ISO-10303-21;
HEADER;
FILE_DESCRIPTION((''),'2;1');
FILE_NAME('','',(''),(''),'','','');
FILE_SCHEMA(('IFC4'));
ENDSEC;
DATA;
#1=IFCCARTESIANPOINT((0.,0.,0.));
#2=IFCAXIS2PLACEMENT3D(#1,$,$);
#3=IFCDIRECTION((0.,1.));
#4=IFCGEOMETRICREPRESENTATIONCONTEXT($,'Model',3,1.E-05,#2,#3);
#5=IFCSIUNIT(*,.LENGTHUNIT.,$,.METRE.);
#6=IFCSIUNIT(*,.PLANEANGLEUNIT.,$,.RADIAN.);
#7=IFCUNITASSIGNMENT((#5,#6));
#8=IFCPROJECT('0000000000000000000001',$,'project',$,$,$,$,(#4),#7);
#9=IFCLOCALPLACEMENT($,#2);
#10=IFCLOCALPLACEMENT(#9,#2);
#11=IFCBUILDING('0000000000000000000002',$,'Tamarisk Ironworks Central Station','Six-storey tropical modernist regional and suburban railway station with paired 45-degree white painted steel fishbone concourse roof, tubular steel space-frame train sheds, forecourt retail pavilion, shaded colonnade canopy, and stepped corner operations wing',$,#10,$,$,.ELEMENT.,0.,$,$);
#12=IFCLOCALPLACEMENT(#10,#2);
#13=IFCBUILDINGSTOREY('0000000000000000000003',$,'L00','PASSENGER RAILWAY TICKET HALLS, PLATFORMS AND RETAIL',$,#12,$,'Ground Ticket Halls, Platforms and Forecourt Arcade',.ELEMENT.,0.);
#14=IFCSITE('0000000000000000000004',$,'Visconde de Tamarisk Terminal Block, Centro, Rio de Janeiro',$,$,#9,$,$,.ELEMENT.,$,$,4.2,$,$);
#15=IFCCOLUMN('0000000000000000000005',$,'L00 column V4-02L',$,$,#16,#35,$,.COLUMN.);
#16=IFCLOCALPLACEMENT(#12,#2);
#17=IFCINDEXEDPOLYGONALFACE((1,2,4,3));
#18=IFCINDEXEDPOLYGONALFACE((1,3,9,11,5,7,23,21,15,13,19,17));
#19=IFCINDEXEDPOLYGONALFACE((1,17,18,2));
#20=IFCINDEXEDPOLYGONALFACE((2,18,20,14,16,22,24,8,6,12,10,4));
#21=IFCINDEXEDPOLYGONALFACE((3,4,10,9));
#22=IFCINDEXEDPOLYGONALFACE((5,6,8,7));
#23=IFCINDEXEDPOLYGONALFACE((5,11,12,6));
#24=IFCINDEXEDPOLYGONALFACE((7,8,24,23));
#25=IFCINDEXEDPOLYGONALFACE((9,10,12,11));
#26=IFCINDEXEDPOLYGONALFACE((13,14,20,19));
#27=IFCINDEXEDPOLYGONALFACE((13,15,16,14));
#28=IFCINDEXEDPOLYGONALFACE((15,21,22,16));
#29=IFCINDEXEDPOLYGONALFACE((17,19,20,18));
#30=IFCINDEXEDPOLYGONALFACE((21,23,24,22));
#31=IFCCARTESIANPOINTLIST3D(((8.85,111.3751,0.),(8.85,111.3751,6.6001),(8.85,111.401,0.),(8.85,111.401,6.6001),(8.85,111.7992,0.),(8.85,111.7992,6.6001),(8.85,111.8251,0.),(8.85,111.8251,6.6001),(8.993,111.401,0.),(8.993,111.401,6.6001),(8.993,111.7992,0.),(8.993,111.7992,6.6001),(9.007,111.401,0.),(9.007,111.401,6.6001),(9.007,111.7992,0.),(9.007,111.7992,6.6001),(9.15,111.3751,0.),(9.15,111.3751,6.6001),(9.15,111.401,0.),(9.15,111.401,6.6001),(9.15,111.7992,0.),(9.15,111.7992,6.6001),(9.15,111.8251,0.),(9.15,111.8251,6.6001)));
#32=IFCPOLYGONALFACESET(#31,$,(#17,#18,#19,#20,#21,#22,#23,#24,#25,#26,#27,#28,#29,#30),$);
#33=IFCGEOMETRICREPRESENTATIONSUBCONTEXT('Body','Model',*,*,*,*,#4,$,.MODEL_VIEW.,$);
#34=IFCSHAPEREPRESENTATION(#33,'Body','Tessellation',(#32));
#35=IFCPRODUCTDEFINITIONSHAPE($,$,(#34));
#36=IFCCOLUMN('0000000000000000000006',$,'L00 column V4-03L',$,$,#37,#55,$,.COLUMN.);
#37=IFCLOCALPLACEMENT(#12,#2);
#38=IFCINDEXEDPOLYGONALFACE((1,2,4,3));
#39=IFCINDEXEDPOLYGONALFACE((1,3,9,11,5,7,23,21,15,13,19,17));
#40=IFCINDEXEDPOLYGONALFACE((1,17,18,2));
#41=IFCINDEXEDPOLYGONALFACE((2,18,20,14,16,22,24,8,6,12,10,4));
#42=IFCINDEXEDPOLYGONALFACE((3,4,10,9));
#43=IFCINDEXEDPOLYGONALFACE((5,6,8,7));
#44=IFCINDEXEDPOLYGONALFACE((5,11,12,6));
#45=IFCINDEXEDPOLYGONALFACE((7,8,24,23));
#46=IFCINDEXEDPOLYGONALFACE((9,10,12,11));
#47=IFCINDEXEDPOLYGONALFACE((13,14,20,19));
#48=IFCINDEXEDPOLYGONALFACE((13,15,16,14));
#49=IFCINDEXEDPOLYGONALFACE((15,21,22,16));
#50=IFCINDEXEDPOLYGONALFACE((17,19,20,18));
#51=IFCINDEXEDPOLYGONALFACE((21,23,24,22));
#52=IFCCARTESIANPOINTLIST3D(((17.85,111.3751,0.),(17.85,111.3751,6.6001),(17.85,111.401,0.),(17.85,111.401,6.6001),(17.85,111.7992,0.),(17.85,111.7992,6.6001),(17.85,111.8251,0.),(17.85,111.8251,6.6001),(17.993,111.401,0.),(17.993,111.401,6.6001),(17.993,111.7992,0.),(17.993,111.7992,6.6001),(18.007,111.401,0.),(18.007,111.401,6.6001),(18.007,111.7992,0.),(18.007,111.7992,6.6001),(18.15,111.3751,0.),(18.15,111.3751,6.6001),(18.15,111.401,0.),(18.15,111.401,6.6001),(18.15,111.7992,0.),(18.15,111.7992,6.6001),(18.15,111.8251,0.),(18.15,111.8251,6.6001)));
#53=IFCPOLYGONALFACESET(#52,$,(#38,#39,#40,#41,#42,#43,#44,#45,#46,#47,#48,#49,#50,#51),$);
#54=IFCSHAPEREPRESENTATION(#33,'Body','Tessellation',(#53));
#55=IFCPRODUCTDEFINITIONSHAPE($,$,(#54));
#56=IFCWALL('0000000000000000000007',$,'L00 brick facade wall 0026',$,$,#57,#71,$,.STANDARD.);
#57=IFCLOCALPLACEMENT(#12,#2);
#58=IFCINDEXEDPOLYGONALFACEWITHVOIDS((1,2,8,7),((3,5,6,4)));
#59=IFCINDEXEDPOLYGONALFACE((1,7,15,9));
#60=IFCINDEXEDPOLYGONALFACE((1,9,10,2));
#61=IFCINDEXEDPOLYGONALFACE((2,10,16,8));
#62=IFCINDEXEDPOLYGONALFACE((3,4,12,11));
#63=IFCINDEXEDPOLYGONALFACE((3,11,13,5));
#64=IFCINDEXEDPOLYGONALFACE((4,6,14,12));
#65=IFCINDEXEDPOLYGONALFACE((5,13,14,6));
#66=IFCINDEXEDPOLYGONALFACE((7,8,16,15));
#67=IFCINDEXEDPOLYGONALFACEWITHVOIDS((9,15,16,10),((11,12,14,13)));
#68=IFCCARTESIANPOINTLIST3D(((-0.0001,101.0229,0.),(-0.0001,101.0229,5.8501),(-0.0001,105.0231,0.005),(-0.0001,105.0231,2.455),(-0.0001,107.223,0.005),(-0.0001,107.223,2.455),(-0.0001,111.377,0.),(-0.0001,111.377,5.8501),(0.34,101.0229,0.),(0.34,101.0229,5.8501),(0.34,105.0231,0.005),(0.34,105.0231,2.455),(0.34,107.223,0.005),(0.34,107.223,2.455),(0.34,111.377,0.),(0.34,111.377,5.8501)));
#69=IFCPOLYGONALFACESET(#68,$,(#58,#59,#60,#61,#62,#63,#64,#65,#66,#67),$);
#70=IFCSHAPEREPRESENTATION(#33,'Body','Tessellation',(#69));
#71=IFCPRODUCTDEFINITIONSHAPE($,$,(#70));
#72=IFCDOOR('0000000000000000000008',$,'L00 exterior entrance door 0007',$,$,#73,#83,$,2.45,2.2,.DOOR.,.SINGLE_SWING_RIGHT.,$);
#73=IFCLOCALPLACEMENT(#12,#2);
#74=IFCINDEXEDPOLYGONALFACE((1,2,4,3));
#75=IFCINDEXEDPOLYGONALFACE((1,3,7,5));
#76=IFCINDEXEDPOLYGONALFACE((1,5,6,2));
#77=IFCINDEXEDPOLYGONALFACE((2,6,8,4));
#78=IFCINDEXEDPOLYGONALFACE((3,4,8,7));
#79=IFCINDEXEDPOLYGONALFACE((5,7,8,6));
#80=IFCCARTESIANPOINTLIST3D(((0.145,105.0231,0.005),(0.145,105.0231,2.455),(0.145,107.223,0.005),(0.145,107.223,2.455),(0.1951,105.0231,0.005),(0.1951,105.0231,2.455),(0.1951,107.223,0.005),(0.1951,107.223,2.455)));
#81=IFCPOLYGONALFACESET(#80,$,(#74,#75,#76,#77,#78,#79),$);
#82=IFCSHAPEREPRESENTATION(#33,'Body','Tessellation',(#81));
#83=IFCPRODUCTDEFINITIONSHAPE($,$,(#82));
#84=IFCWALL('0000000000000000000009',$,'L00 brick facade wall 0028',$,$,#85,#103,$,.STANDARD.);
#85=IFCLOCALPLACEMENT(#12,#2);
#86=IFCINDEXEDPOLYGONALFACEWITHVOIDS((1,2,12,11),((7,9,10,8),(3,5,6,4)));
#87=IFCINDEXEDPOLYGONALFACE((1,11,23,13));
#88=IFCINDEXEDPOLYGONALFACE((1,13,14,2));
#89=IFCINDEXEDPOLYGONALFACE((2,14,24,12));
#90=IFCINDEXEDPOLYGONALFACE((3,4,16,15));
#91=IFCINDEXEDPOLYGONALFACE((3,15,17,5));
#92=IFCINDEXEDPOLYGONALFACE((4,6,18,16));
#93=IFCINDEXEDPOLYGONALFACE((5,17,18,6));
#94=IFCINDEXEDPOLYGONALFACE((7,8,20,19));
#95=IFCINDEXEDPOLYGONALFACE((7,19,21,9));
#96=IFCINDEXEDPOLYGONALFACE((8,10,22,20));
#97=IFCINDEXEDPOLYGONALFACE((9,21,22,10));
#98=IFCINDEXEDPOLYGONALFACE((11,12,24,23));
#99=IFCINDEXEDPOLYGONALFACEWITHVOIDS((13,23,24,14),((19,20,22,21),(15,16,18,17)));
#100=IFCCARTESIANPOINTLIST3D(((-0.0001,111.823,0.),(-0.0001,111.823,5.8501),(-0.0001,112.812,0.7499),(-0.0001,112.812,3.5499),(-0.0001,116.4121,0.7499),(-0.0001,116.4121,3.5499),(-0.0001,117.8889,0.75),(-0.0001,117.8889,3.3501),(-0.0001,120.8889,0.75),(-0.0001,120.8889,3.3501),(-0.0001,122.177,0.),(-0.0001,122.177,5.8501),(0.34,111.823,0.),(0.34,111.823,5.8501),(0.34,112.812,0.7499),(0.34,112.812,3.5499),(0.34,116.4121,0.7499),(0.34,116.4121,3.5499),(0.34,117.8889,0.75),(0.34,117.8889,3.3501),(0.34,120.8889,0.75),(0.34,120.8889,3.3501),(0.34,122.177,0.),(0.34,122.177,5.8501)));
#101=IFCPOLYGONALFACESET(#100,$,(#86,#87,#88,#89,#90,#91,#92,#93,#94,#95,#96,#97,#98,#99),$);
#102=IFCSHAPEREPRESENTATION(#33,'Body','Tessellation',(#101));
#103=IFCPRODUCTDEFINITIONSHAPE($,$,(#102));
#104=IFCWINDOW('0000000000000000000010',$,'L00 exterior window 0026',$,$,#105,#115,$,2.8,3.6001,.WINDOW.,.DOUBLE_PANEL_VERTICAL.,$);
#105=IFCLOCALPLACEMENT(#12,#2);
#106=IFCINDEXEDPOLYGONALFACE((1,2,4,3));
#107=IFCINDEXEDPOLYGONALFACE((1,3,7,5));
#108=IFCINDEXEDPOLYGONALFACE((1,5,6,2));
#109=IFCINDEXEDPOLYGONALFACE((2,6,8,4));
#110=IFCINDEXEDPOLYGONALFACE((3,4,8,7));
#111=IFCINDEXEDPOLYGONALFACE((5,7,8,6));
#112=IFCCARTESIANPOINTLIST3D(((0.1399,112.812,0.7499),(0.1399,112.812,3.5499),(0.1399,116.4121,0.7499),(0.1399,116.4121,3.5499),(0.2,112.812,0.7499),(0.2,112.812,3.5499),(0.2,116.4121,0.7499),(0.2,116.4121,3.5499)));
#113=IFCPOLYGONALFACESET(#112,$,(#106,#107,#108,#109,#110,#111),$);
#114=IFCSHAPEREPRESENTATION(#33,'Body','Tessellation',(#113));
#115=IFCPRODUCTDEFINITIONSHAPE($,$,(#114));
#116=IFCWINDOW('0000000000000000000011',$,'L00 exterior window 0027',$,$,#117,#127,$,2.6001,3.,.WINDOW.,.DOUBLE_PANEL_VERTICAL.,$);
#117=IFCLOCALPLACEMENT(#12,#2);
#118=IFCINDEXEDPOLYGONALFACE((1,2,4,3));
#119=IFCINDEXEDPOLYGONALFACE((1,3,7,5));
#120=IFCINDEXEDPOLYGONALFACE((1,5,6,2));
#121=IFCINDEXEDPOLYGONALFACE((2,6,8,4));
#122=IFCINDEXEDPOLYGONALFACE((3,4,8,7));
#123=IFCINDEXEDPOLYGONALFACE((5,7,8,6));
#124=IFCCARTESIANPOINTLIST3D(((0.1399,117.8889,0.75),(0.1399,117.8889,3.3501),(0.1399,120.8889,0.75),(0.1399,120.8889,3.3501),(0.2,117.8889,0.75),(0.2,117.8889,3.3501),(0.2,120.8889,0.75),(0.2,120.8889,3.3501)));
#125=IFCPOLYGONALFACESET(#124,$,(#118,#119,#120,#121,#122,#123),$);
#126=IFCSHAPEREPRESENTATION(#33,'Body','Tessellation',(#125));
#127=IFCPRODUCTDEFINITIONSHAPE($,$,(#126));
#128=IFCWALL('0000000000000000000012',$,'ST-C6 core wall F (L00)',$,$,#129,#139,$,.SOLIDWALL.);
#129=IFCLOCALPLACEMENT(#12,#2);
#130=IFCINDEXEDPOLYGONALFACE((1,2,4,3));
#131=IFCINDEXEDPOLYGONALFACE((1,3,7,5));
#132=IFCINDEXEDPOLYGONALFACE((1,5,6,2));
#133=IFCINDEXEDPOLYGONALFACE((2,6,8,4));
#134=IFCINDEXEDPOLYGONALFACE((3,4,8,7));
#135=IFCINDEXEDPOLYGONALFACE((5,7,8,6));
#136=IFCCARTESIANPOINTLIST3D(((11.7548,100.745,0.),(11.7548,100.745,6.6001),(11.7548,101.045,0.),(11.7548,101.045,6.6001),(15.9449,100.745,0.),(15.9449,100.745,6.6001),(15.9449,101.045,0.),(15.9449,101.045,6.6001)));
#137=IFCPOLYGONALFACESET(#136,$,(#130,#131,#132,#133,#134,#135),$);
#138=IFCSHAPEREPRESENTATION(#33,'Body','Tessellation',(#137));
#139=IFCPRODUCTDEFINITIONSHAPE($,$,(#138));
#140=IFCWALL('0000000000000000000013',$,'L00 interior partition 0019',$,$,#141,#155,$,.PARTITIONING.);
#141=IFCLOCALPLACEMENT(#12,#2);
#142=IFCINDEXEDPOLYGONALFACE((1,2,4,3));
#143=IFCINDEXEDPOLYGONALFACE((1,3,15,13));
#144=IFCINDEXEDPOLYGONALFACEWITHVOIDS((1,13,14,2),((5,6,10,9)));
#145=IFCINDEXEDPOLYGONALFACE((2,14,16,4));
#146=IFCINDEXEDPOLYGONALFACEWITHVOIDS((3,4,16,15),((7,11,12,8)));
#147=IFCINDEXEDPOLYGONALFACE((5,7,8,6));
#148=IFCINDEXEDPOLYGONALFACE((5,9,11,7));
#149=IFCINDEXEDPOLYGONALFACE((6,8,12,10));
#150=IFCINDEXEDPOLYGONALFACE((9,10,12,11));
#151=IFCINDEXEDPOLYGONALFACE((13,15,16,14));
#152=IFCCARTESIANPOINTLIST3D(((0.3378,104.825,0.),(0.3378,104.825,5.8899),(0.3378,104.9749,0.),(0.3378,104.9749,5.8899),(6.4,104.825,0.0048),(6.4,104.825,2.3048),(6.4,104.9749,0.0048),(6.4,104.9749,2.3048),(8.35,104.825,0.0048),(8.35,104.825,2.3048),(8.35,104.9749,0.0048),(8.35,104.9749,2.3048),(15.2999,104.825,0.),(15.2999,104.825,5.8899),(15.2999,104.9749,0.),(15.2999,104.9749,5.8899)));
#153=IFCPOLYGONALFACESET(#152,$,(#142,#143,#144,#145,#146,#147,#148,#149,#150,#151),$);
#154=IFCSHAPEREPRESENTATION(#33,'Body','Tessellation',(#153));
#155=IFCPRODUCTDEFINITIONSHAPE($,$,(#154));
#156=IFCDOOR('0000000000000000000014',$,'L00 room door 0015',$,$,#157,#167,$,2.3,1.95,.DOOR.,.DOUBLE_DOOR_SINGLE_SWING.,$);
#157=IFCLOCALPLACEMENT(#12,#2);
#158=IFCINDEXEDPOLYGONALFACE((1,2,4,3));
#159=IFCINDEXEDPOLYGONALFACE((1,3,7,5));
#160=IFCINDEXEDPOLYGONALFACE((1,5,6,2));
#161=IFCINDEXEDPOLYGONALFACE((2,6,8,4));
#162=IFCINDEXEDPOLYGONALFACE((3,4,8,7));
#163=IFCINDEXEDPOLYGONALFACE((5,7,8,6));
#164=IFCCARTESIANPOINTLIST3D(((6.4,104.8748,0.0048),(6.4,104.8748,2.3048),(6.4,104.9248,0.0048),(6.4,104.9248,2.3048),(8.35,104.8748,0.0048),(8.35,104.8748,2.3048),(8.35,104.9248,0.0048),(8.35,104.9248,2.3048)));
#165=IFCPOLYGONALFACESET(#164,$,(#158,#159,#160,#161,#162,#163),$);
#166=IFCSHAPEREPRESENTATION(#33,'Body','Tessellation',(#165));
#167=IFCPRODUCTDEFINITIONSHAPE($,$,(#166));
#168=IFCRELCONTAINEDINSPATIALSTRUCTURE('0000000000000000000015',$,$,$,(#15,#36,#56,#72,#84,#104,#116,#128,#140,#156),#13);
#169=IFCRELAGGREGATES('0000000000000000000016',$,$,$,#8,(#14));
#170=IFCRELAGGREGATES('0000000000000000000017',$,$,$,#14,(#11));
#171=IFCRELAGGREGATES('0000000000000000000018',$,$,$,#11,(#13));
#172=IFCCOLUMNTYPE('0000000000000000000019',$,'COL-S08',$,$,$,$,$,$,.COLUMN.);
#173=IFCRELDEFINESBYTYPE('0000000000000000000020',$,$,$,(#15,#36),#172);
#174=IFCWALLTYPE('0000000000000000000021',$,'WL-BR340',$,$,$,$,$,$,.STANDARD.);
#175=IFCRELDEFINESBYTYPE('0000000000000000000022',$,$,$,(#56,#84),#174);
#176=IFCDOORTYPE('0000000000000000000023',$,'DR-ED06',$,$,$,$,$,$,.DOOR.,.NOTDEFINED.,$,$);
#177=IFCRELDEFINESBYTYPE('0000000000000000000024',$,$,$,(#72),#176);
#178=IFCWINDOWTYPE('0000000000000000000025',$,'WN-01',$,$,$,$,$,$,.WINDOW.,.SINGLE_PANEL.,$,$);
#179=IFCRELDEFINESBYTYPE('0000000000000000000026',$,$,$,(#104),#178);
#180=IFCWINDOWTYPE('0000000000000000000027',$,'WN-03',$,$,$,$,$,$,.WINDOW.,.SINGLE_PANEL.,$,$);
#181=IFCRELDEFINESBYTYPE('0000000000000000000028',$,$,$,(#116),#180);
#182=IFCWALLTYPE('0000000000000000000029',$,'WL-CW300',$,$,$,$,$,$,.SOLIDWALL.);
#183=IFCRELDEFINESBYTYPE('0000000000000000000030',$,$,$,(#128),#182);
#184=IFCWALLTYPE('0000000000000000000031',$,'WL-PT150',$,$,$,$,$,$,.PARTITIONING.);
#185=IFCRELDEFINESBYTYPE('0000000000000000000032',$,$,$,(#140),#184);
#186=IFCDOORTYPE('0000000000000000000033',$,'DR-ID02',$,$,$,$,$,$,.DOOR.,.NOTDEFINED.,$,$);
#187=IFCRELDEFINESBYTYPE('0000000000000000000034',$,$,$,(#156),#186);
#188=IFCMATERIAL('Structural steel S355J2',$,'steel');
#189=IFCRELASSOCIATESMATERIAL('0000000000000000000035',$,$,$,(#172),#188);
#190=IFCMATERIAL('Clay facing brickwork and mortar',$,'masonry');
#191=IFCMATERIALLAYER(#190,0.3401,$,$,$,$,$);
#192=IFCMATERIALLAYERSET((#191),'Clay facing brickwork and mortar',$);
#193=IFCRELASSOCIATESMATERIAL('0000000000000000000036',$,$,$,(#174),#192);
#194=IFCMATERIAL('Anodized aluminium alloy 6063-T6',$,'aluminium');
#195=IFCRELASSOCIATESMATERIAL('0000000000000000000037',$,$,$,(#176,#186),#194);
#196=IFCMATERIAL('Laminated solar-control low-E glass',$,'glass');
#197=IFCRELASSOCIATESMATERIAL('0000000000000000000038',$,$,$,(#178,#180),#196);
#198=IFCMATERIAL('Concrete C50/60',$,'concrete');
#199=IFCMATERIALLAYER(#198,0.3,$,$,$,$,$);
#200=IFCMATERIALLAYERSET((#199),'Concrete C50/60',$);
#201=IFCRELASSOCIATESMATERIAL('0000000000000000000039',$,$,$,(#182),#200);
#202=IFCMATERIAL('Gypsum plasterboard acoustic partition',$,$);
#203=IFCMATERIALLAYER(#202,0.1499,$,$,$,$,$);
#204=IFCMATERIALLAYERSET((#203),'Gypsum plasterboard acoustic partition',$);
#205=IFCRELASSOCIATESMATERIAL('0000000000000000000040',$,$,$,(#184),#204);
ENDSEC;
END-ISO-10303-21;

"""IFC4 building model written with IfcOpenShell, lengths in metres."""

from ifc_helpers import new_model, si_unit, direction, frame, frame_2d, origin, origin_2d, place, context, subcontext, project, spatial, rectangle, i_section, extrude, material, layer, layer_set, material_profile, profile_set, type_object, element, fill, save


model = new_model("IFC4")

# Units and contexts
model_context = context("Model", 3, precision=1e-05, world=origin(), true_north=direction((0.0, 1.0)))
body_context = subcontext(model_context, "Body", "Model", "MODEL_VIEW")
ifc_project = project(units=[si_unit("LENGTHUNIT", "METRE"), si_unit("PLANEANGLEUNIT", "RADIAN")], contexts=[model_context])

# Site, building, storey
site_placement = place(None, origin())
site = spatial("IfcSite", under=ifc_project, at=site_placement, Name="Visconde de Tamarisk Terminal Block, Centro, Rio de Janeiro", CompositionType="ELEMENT", RefElevation=4.2)
building_placement = place(site_placement, origin())
building = spatial("IfcBuilding", under=site, at=building_placement, Name="Tamarisk Ironworks Central Station", Description="Six-storey tropical modernist regional and suburban railway station with paired 45-degree white painted steel fishbone concourse roof, tubular steel space-frame train sheds, forecourt retail pavilion, shaded colonnade canopy, and stepped corner operations wing", CompositionType="ELEMENT", ElevationOfRefHeight=0.0)
storey_placement = place(building_placement, origin())
storey = spatial("IfcBuildingStorey", under=building, at=storey_placement, Name="L00", Description="PASSENGER RAILWAY TICKET HALLS, PLATFORMS AND RETAIL", LongName="Ground Ticket Halls, Platforms and Forecourt Arcade", CompositionType="ELEMENT", Elevation=0.0)

# Columns
ifc_material_1 = material(Name="Clay facing brickwork and mortar", Category="masonry")
ifc_material_2 = material(Name="Structural steel S355J2", Category="steel")
ifc_material_profile_1 = material_profile(ifc_material_2, i_section(OverallWidth=0.3, OverallDepth=0.45, WebThickness=0.0139, FlangeThickness=0.0259, at=origin_2d()), Name="HEB 450")
ifc_profile_set_1 = profile_set([ifc_material_profile_1], Name="Structural steel S355J2")
column_type_1 = type_object("IfcColumnType", Name="COL-S08", PredefinedType="COLUMN", material=ifc_profile_set_1)
for number, where, z_axis, x_axis, name in (
    (1, (9.0, 111.6001, 0.0), (0.0, 0.0, 1.0), (1.0, 0.0, 0.0), "L00 column V4-02L"),
    (2, (18.0, 111.6001, 0.0), (0.0, 0.0, 1.0), (1.0, 0.0, 0.0), "L00 column V4-03L"),
):
    element("IfcColumn", number, at=place(storey_placement, frame(where, z_axis=z_axis, x_axis=x_axis)), inside=storey, type_object=column_type_1, Name=name, PredefinedType="COLUMN", context=body_context, shape_type="SweptSolid", body=[
        extrude(i_section(OverallWidth=0.3, OverallDepth=0.45, WebThickness=0.0139, FlangeThickness=0.0259, at=origin_2d()), origin(), (0.0, 0.0, 1.0), 6.6001),
    ])

# Wall, opening, door
ifc_layer_1 = layer(ifc_material_1, 0.3401)
ifc_layer_set_1 = layer_set([ifc_layer_1], Name="Clay facing brickwork and mortar")
wall_type_1 = type_object("IfcWallType", Name="WL-BR340", PredefinedType="STANDARD", material=ifc_layer_set_1)
wall_1_placement = place(storey_placement, frame((0.1699, 101.0229, 0.0), z_axis=(0.0, 0.0, 1.0), x_axis=(0.0, 1.0, 0.0)))
wall_1 = element("IfcWall", 3, at=wall_1_placement, inside=storey, type_object=wall_type_1, Name="L00 brick facade wall 0026", PredefinedType="STANDARD", context=body_context, shape_type="SweptSolid", body=[
    extrude(rectangle(XDim=10.354, YDim=0.3401, at=frame_2d((5.177, 0.0))), origin(), (0.0, 0.0, 1.0), 5.8501),
])
opening_1_placement = place(wall_1_placement, frame((4.0, 0.0, 0.0049)))
opening_1 = element("IfcOpeningElement", 4, at=opening_1_placement, cuts=wall_1, PredefinedType="OPENING", context=body_context, shape_type="SweptSolid", body=[
    extrude(rectangle(XDim=2.2, YDim=2.45, at=frame_2d((1.1001, 1.2251))), frame((0.0, 0.1821, 0.0), z_axis=(0.0, -1.0, 0.0), x_axis=(1.0, 0.0, 0.0)), (0.0, 0.0, 1.0), 0.364),
])
ifc_material_3 = material(Name="Anodized aluminium alloy 6063-T6", Category="aluminium")
door_type_1 = type_object("IfcDoorType", Name="DR-ED06", OperationType="NOTDEFINED", PredefinedType="DOOR", material=ifc_material_3)
door_1_placement = place(opening_1_placement, origin())
door_1 = element("IfcDoor", 5, at=door_1_placement, inside=storey, type_object=door_type_1, Name="L00 exterior entrance door 0007", OperationType="SINGLE_SWING_RIGHT", OverallHeight=2.45, OverallWidth=2.2, PredefinedType="DOOR", context=body_context, shape_type="SweptSolid", body=[
    extrude(rectangle(XDim=2.2, YDim=2.45, at=frame_2d((1.1001, 1.2251))), frame((0.0, 0.0249, 0.0), z_axis=(0.0, -1.0, 0.0), x_axis=(1.0, 0.0, 0.0)), (0.0, 0.0, 1.0), 0.05),
])
fill(opening_1, door_1)

# Wall, openings, windows
wall_2_placement = place(storey_placement, frame((0.1699, 111.823, 0.0), z_axis=(0.0, 0.0, 1.0), x_axis=(0.0, 1.0, 0.0)))
wall_2 = element("IfcWall", 6, at=wall_2_placement, inside=storey, type_object=wall_type_1, Name="L00 brick facade wall 0028", PredefinedType="STANDARD", context=body_context, shape_type="SweptSolid", body=[
    extrude(rectangle(XDim=10.354, YDim=0.3401, at=frame_2d((5.177, 0.0))), origin(), (0.0, 0.0, 1.0), 5.8501),
])
opening_2_placement = place(wall_2_placement, frame((0.989, 0.0, 0.75)))
opening_2 = element("IfcOpeningElement", 7, at=opening_2_placement, cuts=wall_2, PredefinedType="OPENING", context=body_context, shape_type="SweptSolid", body=[
    extrude(rectangle(XDim=3.6001, YDim=2.8, at=frame_2d((1.8, 1.3999))), frame((0.0, 0.1821, 0.0), z_axis=(0.0, -1.0, 0.0), x_axis=(1.0, 0.0, 0.0)), (0.0, 0.0, 1.0), 0.364),
])
opening_3_placement = place(wall_2_placement, frame((6.0659, 0.0, 0.75)))
opening_3 = element("IfcOpeningElement", 8, at=opening_3_placement, cuts=wall_2, PredefinedType="OPENING", context=body_context, shape_type="SweptSolid", body=[
    extrude(rectangle(XDim=3.0, YDim=2.6001, at=frame_2d((1.5, 1.3))), frame((0.0, 0.1821, 0.0), z_axis=(0.0, -1.0, 0.0), x_axis=(1.0, 0.0, 0.0)), (0.0, 0.0, 1.0), 0.364),
])
ifc_material_4 = material(Name="Laminated solar-control low-E glass", Category="glass")
window_type_1 = type_object("IfcWindowType", Name="WN-01", PartitioningType="SINGLE_PANEL", PredefinedType="WINDOW", material=ifc_material_4)
window_1_placement = place(opening_2_placement, origin())
window_1 = element("IfcWindow", 9, at=window_1_placement, inside=storey, type_object=window_type_1, Name="L00 exterior window 0026", OverallHeight=2.8, OverallWidth=3.6001, PartitioningType="DOUBLE_PANEL_VERTICAL", PredefinedType="WINDOW", context=body_context, shape_type="SweptSolid", body=[
    extrude(rectangle(XDim=3.6001, YDim=2.8, at=frame_2d((1.8, 1.3999))), frame((0.0, 0.03, 0.0), z_axis=(0.0, -1.0, 0.0), x_axis=(1.0, 0.0, 0.0)), (0.0, 0.0, 1.0), 0.0601),
])
fill(opening_2, window_1)
window_type_2 = type_object("IfcWindowType", Name="WN-03", PartitioningType="SINGLE_PANEL", PredefinedType="WINDOW", material=ifc_material_4)
window_2_placement = place(opening_3_placement, origin())
window_2 = element("IfcWindow", 10, at=window_2_placement, inside=storey, type_object=window_type_2, Name="L00 exterior window 0027", OverallHeight=2.6001, OverallWidth=3.0, PartitioningType="DOUBLE_PANEL_VERTICAL", PredefinedType="WINDOW", context=body_context, shape_type="SweptSolid", body=[
    extrude(rectangle(XDim=3.0, YDim=2.6001, at=frame_2d((1.5, 1.3))), frame((0.0, 0.03, 0.0), z_axis=(0.0, -1.0, 0.0), x_axis=(1.0, 0.0, 0.0)), (0.0, 0.0, 1.0), 0.0601),
])
fill(opening_3, window_2)

# Wall
ifc_material_5 = material(Name="Concrete C50/60", Category="concrete")
ifc_layer_2 = layer(ifc_material_5, 0.3)
ifc_layer_set_2 = layer_set([ifc_layer_2], Name="Concrete C50/60")
wall_type_2 = type_object("IfcWallType", Name="WL-CW300", PredefinedType="SOLIDWALL", material=ifc_layer_set_2)
wall_3_placement = place(storey_placement, frame((15.9451, 100.895, 0.0), z_axis=(0.0, 0.0, 1.0), x_axis=(-1.0, 0.0, 0.0)))
element("IfcWall", 11, at=wall_3_placement, inside=storey, type_object=wall_type_2, Name="ST-C6 core wall F (L00)", PredefinedType="SOLIDWALL", context=body_context, shape_type="SweptSolid", body=[
    extrude(rectangle(XDim=4.1902, YDim=0.3, at=frame_2d((2.0952, 0.0))), origin(), (0.0, 0.0, 1.0), 6.6001),
])

# Wall, opening, door
ifc_material_6 = material(Name="Gypsum plasterboard acoustic partition")
ifc_layer_3 = layer(ifc_material_6, 0.1499)
ifc_layer_set_3 = layer_set([ifc_layer_3], Name="Gypsum plasterboard acoustic partition")
wall_type_3 = type_object("IfcWallType", Name="WL-PT150", PredefinedType="PARTITIONING", material=ifc_layer_set_3)
wall_4_placement = place(storey_placement, frame((0.3379, 104.8999, 0.0), z_axis=(0.0, 0.0, 1.0), x_axis=(1.0, 0.0, 0.0)))
wall_4 = element("IfcWall", 12, at=wall_4_placement, inside=storey, type_object=wall_type_3, Name="L00 interior partition 0019", PredefinedType="PARTITIONING", context=body_context, shape_type="SweptSolid", body=[
    extrude(rectangle(XDim=14.9622, YDim=0.1499, at=frame_2d((7.481, 0.0))), origin(), (0.0, 0.0, 1.0), 5.8899),
])
opening_4_placement = place(wall_4_placement, frame((6.062, 0.0, 0.0049)))
opening_4 = element("IfcOpeningElement", 13, at=opening_4_placement, cuts=wall_4, PredefinedType="OPENING", context=body_context, shape_type="SweptSolid", body=[
    extrude(rectangle(XDim=1.95, YDim=2.3, at=frame_2d((0.9751, 1.1499))), frame((0.0, 0.0869, 0.0), z_axis=(0.0, -1.0, 0.0), x_axis=(1.0, 0.0, 0.0)), (0.0, 0.0, 1.0), 0.1738),
])
door_type_2 = type_object("IfcDoorType", Name="DR-ID02", OperationType="NOTDEFINED", PredefinedType="DOOR", material=ifc_material_3)
door_2_placement = place(opening_4_placement, origin())
door_2 = element("IfcDoor", 14, at=door_2_placement, inside=storey, type_object=door_type_2, Name="L00 room door 0015", OperationType="DOUBLE_DOOR_SINGLE_SWING", OverallHeight=2.3, OverallWidth=1.95, PredefinedType="DOOR", context=body_context, shape_type="SweptSolid", body=[
    extrude(rectangle(XDim=1.95, YDim=2.3, at=frame_2d((0.9751, 1.1499))), frame((0.0, 0.0249, 0.0), z_axis=(0.0, -1.0, 0.0), x_axis=(1.0, 0.0, 0.0)), (0.0, 0.0, 1.0), 0.05),
])
fill(opening_4, door_2)

save(model, "model.ifc")
